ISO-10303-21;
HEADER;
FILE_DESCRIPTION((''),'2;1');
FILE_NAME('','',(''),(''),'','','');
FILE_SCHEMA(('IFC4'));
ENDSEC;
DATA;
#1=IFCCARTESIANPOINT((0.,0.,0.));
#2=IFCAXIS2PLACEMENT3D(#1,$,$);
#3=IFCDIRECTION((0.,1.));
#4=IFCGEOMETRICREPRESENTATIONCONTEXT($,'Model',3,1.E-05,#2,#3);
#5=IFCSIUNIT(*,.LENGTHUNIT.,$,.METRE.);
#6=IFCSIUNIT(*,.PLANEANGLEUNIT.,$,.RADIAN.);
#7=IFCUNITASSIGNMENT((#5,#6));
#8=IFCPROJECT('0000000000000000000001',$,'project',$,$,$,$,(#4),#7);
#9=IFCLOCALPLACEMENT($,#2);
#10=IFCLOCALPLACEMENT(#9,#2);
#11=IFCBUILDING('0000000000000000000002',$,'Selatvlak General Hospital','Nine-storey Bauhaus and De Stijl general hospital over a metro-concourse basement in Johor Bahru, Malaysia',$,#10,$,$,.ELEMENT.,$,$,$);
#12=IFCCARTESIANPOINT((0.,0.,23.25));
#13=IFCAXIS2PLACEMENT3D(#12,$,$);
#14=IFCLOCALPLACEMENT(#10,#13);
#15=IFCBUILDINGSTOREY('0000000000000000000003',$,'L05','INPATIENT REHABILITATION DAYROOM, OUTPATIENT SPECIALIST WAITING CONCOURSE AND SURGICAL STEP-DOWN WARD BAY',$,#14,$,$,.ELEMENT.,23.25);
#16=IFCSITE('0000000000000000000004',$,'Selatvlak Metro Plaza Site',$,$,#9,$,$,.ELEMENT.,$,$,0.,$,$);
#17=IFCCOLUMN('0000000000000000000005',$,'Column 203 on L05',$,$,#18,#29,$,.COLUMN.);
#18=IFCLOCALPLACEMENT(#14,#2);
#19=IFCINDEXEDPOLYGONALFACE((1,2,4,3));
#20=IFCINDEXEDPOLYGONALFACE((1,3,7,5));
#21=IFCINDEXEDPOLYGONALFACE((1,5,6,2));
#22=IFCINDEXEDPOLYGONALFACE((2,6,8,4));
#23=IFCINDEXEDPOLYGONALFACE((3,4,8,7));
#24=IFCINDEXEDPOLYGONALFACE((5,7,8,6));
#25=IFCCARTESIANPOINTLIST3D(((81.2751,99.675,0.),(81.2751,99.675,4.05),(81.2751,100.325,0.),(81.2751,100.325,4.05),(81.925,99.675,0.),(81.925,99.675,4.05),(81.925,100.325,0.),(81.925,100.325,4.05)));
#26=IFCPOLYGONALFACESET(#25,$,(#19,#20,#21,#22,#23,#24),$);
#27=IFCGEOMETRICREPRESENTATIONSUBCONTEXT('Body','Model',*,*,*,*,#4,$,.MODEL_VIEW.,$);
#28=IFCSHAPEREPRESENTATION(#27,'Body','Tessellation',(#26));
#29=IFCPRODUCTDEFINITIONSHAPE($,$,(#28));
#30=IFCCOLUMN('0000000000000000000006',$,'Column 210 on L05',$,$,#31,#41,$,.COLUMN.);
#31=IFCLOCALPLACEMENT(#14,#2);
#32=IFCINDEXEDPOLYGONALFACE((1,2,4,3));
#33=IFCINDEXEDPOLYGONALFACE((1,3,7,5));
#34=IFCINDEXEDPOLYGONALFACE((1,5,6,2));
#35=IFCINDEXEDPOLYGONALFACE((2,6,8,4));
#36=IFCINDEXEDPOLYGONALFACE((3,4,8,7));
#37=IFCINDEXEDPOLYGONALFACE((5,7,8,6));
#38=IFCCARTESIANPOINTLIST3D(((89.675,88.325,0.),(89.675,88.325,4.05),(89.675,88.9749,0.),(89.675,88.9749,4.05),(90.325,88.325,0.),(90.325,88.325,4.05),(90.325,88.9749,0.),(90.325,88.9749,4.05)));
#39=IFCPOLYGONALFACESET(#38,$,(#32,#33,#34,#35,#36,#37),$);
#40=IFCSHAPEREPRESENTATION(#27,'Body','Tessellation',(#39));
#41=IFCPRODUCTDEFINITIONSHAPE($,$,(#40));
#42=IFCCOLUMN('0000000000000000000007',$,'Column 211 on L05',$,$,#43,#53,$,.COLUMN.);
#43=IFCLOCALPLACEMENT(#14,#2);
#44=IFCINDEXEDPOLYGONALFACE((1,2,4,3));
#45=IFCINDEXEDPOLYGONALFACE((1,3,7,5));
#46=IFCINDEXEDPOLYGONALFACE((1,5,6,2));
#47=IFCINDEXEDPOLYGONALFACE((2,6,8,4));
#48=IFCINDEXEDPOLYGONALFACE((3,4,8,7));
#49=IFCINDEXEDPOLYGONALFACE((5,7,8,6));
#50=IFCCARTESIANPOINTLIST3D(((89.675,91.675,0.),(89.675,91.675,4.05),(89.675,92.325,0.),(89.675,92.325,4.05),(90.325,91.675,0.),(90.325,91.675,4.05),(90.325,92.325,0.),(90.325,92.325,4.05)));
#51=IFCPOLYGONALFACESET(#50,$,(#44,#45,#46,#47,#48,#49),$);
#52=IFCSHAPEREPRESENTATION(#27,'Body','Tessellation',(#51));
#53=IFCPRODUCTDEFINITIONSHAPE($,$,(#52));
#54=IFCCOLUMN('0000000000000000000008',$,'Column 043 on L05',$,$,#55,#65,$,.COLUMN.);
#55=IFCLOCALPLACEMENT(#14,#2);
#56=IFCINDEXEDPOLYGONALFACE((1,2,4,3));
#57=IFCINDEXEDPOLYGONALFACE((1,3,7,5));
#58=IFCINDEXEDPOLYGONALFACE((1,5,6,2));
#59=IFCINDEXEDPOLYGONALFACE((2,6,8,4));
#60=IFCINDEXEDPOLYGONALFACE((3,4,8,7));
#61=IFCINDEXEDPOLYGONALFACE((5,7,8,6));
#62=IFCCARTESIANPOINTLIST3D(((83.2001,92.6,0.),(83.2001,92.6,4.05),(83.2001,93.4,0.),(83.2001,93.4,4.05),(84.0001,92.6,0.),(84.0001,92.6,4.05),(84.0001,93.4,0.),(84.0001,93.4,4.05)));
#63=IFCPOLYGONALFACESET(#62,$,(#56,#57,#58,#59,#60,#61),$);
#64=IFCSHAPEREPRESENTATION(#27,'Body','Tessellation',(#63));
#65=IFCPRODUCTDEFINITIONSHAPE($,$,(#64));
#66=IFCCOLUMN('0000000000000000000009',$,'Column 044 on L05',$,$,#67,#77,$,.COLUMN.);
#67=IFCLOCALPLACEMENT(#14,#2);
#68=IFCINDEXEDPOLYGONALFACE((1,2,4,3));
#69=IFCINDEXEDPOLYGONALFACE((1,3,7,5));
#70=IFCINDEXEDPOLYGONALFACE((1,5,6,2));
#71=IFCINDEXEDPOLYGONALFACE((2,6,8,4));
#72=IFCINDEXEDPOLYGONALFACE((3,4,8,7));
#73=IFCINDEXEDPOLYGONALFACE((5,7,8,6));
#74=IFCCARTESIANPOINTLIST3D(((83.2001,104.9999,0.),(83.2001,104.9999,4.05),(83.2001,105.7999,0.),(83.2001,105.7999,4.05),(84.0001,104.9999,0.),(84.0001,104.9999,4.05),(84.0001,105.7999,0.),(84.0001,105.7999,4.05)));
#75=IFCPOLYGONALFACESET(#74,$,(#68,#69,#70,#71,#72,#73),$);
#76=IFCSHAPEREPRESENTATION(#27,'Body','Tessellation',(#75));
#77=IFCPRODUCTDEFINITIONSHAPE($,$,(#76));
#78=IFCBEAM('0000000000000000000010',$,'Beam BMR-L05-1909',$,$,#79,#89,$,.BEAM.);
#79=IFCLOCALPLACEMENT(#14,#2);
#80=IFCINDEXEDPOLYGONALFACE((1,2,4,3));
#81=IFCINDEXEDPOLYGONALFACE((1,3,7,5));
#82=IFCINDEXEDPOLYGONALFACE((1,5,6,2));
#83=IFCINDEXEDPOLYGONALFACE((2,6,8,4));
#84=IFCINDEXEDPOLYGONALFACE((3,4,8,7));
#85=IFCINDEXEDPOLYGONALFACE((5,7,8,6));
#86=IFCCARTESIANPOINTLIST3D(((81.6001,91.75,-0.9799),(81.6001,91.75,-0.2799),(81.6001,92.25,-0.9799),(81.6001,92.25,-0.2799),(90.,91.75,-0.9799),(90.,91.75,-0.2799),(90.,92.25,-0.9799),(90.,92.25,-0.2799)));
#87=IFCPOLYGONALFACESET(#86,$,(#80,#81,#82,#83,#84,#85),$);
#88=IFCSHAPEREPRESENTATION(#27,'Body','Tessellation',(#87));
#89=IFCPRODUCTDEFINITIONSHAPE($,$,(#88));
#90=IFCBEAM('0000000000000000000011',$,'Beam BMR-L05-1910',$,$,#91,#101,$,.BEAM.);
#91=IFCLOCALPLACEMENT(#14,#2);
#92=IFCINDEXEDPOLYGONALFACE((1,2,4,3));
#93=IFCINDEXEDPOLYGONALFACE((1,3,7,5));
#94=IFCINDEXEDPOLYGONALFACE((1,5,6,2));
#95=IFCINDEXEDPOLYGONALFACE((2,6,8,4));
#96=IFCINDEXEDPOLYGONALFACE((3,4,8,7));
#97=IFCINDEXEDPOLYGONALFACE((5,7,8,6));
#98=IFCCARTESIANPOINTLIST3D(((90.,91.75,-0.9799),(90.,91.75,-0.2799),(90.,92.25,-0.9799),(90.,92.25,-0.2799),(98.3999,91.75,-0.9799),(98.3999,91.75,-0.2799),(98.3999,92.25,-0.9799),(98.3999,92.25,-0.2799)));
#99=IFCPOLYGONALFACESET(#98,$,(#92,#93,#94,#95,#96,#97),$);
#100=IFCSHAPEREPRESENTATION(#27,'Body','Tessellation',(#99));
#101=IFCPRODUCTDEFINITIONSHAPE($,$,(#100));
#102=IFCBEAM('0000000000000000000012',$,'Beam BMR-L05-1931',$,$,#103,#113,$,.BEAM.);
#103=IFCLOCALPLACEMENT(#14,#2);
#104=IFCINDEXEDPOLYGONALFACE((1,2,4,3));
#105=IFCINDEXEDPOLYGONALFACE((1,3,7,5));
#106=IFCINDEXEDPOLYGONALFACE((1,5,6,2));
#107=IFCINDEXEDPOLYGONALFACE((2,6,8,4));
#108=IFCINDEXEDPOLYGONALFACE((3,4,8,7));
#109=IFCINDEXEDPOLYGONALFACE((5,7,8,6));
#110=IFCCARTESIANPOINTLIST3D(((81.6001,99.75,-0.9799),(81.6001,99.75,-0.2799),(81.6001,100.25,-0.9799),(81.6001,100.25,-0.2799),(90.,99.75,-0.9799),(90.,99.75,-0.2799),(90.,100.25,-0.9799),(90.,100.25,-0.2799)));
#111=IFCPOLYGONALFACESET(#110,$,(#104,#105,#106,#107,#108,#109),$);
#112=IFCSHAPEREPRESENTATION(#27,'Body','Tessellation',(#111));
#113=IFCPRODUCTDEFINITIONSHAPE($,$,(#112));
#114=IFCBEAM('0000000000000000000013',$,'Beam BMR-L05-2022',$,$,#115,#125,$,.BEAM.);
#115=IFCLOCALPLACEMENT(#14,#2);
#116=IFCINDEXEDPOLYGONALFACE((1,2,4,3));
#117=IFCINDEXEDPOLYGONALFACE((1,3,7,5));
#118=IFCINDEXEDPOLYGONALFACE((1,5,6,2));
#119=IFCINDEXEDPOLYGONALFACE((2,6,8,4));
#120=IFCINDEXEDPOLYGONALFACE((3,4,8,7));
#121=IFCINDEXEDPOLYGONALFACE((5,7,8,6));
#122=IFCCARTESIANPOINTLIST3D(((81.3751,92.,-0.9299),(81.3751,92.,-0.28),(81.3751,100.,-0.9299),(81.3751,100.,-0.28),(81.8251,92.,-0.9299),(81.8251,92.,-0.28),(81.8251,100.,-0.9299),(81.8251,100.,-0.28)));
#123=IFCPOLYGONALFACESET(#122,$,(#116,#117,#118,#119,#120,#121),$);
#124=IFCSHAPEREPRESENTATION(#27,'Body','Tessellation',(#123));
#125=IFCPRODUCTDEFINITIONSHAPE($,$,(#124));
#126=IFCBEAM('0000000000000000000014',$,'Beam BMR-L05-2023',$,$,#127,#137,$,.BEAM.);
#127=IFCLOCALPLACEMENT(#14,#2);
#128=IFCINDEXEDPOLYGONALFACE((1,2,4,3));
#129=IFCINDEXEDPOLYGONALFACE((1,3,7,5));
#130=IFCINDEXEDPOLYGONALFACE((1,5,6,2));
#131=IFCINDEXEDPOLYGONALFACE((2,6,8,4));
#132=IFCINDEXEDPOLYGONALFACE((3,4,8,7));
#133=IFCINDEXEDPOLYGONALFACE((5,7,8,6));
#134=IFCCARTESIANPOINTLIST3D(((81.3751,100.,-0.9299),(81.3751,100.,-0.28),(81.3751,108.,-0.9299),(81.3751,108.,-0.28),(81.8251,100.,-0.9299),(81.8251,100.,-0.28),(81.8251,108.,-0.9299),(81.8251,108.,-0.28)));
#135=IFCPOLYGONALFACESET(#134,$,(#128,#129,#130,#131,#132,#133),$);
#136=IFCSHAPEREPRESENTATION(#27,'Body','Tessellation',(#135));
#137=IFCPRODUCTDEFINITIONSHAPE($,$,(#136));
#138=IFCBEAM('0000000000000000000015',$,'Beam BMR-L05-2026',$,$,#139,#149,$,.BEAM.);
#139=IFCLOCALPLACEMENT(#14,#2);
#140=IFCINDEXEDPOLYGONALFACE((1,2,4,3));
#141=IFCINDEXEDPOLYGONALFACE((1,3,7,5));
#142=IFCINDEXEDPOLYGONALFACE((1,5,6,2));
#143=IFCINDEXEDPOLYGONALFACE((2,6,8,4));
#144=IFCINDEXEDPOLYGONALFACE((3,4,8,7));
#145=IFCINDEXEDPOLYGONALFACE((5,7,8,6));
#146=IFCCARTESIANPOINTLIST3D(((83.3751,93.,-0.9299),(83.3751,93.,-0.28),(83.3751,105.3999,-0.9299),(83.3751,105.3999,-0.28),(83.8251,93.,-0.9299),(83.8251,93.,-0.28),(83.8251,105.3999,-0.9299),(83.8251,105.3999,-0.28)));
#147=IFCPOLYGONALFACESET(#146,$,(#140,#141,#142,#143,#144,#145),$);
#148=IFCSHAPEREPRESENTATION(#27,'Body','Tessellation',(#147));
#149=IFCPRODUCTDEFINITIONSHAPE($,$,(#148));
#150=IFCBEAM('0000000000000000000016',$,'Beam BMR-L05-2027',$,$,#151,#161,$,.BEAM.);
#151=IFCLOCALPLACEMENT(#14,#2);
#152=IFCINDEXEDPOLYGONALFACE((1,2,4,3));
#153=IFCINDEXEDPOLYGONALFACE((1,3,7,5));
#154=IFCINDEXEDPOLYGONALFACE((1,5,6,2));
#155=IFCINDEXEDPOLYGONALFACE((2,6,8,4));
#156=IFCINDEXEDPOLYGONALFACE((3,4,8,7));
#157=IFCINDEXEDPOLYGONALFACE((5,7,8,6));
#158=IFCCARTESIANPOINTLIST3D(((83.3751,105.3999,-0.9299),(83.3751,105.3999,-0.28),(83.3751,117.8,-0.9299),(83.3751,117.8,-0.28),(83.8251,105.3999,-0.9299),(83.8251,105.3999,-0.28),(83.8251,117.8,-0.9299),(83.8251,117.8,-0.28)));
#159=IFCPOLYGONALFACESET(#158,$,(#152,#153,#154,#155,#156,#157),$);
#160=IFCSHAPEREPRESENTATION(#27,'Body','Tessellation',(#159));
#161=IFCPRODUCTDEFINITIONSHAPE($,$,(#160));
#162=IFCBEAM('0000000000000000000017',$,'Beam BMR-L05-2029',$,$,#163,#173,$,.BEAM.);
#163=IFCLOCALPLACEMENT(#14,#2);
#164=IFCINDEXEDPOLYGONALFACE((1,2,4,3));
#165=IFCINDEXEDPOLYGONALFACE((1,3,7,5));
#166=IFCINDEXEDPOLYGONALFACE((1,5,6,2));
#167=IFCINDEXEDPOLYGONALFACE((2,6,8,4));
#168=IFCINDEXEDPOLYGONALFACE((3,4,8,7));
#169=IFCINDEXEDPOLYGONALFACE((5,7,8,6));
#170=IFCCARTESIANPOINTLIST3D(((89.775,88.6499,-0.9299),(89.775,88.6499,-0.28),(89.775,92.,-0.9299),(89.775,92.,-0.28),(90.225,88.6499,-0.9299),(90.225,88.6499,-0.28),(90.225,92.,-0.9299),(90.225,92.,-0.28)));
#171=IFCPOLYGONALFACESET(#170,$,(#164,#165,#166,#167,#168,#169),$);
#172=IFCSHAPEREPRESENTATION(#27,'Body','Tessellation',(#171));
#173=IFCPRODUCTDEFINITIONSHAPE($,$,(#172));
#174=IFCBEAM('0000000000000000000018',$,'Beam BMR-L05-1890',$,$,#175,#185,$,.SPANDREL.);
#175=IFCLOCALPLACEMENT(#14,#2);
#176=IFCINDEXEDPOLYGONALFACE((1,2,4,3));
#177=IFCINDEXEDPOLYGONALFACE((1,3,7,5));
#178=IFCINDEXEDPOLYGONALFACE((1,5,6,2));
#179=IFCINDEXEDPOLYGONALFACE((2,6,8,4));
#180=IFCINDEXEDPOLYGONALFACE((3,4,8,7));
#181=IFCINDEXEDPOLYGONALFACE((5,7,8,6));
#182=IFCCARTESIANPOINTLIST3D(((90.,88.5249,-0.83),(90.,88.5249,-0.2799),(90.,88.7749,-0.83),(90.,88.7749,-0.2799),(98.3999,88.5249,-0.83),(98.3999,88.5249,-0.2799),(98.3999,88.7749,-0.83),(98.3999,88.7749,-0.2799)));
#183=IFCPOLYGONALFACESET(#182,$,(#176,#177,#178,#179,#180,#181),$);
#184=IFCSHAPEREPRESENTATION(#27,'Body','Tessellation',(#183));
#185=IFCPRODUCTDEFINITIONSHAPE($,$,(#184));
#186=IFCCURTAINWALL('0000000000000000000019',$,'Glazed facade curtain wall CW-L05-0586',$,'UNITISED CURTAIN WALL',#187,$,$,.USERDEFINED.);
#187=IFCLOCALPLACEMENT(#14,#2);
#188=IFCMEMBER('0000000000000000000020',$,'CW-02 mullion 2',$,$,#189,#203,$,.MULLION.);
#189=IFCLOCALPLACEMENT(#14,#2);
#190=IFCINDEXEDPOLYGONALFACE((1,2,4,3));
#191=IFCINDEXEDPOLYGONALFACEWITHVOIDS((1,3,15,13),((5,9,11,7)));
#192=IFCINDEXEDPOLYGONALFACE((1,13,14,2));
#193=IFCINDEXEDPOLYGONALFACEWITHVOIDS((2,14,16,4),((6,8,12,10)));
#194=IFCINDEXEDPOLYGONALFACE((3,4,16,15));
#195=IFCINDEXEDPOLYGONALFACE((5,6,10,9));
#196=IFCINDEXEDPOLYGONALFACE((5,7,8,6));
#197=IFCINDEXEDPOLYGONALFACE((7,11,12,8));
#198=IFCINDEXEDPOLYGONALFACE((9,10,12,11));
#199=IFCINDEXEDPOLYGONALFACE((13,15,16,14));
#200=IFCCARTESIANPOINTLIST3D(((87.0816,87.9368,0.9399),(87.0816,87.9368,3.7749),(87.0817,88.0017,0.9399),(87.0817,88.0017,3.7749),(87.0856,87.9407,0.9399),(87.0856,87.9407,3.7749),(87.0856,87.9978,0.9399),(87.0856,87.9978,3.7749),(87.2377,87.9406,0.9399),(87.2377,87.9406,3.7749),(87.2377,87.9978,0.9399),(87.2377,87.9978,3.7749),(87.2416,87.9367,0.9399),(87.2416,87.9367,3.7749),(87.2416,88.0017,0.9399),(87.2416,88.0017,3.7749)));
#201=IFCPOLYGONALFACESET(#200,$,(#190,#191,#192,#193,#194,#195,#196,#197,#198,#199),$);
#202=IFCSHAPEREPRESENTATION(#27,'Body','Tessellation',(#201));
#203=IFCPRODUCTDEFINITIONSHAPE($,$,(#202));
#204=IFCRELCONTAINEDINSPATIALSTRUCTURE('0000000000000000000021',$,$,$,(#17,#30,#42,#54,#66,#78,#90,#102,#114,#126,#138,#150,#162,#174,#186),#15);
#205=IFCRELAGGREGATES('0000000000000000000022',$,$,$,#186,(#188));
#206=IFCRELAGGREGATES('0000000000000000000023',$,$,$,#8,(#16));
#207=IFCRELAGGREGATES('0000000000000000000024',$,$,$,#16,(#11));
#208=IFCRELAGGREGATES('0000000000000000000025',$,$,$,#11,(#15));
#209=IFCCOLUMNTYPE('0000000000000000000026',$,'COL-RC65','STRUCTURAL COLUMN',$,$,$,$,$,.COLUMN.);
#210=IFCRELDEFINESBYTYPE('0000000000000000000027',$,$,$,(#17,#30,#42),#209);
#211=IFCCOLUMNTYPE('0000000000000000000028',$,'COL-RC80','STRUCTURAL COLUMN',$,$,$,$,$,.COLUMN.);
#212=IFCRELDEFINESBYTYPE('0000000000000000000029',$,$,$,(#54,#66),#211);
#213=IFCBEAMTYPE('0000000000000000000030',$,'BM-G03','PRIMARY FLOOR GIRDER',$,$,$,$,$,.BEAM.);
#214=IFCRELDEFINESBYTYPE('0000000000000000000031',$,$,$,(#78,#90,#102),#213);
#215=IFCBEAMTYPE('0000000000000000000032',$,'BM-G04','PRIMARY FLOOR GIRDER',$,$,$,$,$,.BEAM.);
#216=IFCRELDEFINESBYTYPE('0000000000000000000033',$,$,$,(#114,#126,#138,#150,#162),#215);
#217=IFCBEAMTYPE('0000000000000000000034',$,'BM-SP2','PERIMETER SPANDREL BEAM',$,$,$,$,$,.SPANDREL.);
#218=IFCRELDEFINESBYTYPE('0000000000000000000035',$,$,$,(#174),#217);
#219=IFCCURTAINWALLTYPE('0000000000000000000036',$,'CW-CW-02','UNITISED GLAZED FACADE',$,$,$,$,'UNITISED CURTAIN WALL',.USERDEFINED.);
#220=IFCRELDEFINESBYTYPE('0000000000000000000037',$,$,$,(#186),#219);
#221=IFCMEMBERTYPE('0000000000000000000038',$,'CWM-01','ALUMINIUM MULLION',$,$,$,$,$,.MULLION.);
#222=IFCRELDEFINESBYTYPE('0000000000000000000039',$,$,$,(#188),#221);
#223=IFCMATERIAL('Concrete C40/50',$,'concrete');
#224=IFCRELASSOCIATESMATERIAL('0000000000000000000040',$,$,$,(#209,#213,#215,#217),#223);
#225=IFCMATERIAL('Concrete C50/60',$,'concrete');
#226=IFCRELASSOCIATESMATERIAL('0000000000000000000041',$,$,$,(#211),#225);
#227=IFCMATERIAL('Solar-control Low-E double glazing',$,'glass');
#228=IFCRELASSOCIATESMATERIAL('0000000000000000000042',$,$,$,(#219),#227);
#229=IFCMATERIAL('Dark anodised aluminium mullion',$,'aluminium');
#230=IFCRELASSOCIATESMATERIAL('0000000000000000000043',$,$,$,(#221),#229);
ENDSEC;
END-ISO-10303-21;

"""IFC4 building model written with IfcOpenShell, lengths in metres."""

from ifc_helpers import new_model, si_unit, direction, frame, origin, origin_2d, place, context, subcontext, project, spatial, rectangle, hollow_rectangle, extrude, material, material_profile, profile_set, type_object, element, aggregate, save


model = new_model("IFC4")

# Units and contexts
model_context = context("Model", 3, precision=1e-05, world=origin(), true_north=direction((0.0, 1.0)))
body_context = subcontext(model_context, "Body", "Model", "MODEL_VIEW")
ifc_project = project(units=[si_unit("LENGTHUNIT", "METRE"), si_unit("PLANEANGLEUNIT", "RADIAN")], contexts=[model_context])

# Site, building, storey
site_placement = place(None, origin())
site = spatial("IfcSite", under=ifc_project, at=site_placement, Name="Selatvlak Metro Plaza Site", CompositionType="ELEMENT", RefElevation=0.0)
building_placement = place(site_placement, origin())
building = spatial("IfcBuilding", under=site, at=building_placement, Name="Selatvlak General Hospital", Description="Nine-storey Bauhaus and De Stijl general hospital over a metro-concourse basement in Johor Bahru, Malaysia", CompositionType="ELEMENT")
storey_placement = place(building_placement, frame((0.0, 0.0, 23.25)))
storey = spatial("IfcBuildingStorey", under=building, at=storey_placement, Name="L05", Description="INPATIENT REHABILITATION DAYROOM, OUTPATIENT SPECIALIST WAITING CONCOURSE AND SURGICAL STEP-DOWN WARD BAY", CompositionType="ELEMENT", Elevation=23.25)

# Columns
ifc_material_1 = material(Name="Concrete C40/50", Category="concrete")
ifc_material_profile_1 = material_profile(ifc_material_1, rectangle(XDim=0.6499, YDim=0.6499, at=origin_2d()), Name="RC-COL 650x650")
ifc_profile_set_1 = profile_set([ifc_material_profile_1], Name="Concrete C40/50")
column_type_1 = type_object("IfcColumnType", Name="COL-RC65", Description="STRUCTURAL COLUMN", PredefinedType="COLUMN", material=ifc_profile_set_1)
for number, where, z_axis, x_axis, name in (
    (1, (81.6001, 100.0, 0.0), (0.0, 0.0, 1.0), (1.0, 0.0, 0.0), "Column 203 on L05"),
    (2, (90.0, 88.6499, 0.0), (0.0, 0.0, 1.0), (1.0, 0.0, 0.0), "Column 210 on L05"),
    (3, (90.0, 92.0, 0.0), (0.0, 0.0, 1.0), (1.0, 0.0, 0.0), "Column 211 on L05"),
):
    element("IfcColumn", number, at=place(storey_placement, frame(where, z_axis=z_axis, x_axis=x_axis)), inside=storey, type_object=column_type_1, Name=name, PredefinedType="COLUMN", context=body_context, shape_type="SweptSolid", body=[
        extrude(rectangle(XDim=0.6499, YDim=0.6499, at=origin_2d()), origin(), (0.0, 0.0, 1.0), 4.05),
    ])
ifc_material_2 = material(Name="Concrete C50/60", Category="concrete")
ifc_material_profile_2 = material_profile(ifc_material_2, rectangle(XDim=0.8, YDim=0.8, at=origin_2d()), Name="RC-COL 800x800")
ifc_profile_set_2 = profile_set([ifc_material_profile_2], Name="Concrete C50/60")
column_type_2 = type_object("IfcColumnType", Name="COL-RC80", Description="STRUCTURAL COLUMN", PredefinedType="COLUMN", material=ifc_profile_set_2)
for number, where, z_axis, x_axis, name in (
    (4, (83.6001, 93.0, 0.0), (0.0, 0.0, 1.0), (1.0, 0.0, 0.0), "Column 043 on L05"),
    (5, (83.6001, 105.3999, 0.0), (0.0, 0.0, 1.0), (1.0, 0.0, 0.0), "Column 044 on L05"),
):
    element("IfcColumn", number, at=place(storey_placement, frame(where, z_axis=z_axis, x_axis=x_axis)), inside=storey, type_object=column_type_2, Name=name, PredefinedType="COLUMN", context=body_context, shape_type="SweptSolid", body=[
        extrude(rectangle(XDim=0.8, YDim=0.8, at=origin_2d()), origin(), (0.0, 0.0, 1.0), 4.05),
    ])

# Beams
ifc_material_profile_3 = material_profile(ifc_material_1, rectangle(XDim=0.5, YDim=0.7, at=origin_2d()), Name="RC-BM 500x700")
ifc_profile_set_3 = profile_set([ifc_material_profile_3], Name="Concrete C40/50")
beam_type_1 = type_object("IfcBeamType", Name="BM-G03", Description="PRIMARY FLOOR GIRDER", PredefinedType="BEAM", material=ifc_profile_set_3)
for number, where, z_axis, x_axis, name in (
    (6, (81.6001, 92.0, -0.6299), (1.0, 0.0, 0.0), (0.0, 1.0, 0.0), "Beam BMR-L05-1909"),
    (7, (90.0, 92.0, -0.6299), (1.0, 0.0, 0.0), (0.0, 1.0, 0.0), "Beam BMR-L05-1910"),
    (8, (81.6001, 100.0, -0.6299), (1.0, 0.0, 0.0), (0.0, 1.0, 0.0), "Beam BMR-L05-1931"),
):
    element("IfcBeam", number, at=place(storey_placement, frame(where, z_axis=z_axis, x_axis=x_axis)), inside=storey, type_object=beam_type_1, Name=name, PredefinedType="BEAM", context=body_context, shape_type="SweptSolid", body=[
        extrude(rectangle(XDim=0.5, YDim=0.7, at=origin_2d()), origin(), (0.0, 0.0, 1.0), 8.3999),
    ])
ifc_material_profile_4 = material_profile(ifc_material_1, rectangle(XDim=0.45, YDim=0.6499, at=origin_2d()), Name="RC-BM 450x650")
ifc_profile_set_4 = profile_set([ifc_material_profile_4], Name="Concrete C40/50")
beam_type_2 = type_object("IfcBeamType", Name="BM-G04", Description="PRIMARY FLOOR GIRDER", PredefinedType="BEAM", material=ifc_profile_set_4)
for number, where, z_axis, x_axis, name in (
    (9, (81.6001, 92.0, -0.605), (0.0, 1.0, 0.0), (-1.0, 0.0, 0.0), "Beam BMR-L05-2022"),
    (10, (81.6001, 100.0, -0.605), (0.0, 1.0, 0.0), (-1.0, 0.0, 0.0), "Beam BMR-L05-2023"),
):
    element("IfcBeam", number, at=place(storey_placement, frame(where, z_axis=z_axis, x_axis=x_axis)), inside=storey, type_object=beam_type_2, Name=name, PredefinedType="BEAM", context=body_context, shape_type="SweptSolid", body=[
        extrude(rectangle(XDim=0.45, YDim=0.6499, at=origin_2d()), origin(), (0.0, 0.0, 1.0), 8.0),
    ])
beam_1_placement = place(storey_placement, frame((83.6001, 93.0, -0.605), z_axis=(0.0, 1.0, 0.0), x_axis=(-1.0, 0.0, 0.0)))
element("IfcBeam", 11, at=beam_1_placement, inside=storey, type_object=beam_type_2, Name="Beam BMR-L05-2026", PredefinedType="BEAM", context=body_context, shape_type="SweptSolid", body=[
    extrude(rectangle(XDim=0.45, YDim=0.6499, at=origin_2d()), origin(), (0.0, 0.0, 1.0), 12.3999),
])
beam_2_placement = place(storey_placement, frame((83.6001, 105.3999, -0.605), z_axis=(0.0, 1.0, 0.0), x_axis=(-1.0, 0.0, 0.0)))
element("IfcBeam", 12, at=beam_2_placement, inside=storey, type_object=beam_type_2, Name="Beam BMR-L05-2027", PredefinedType="BEAM", context=body_context, shape_type="SweptSolid", body=[
    extrude(rectangle(XDim=0.45, YDim=0.6499, at=origin_2d()), origin(), (0.0, 0.0, 1.0), 12.4001),
])
beam_3_placement = place(storey_placement, frame((90.0, 88.6499, -0.605), z_axis=(0.0, 1.0, 0.0), x_axis=(-1.0, 0.0, 0.0)))
element("IfcBeam", 13, at=beam_3_placement, inside=storey, type_object=beam_type_2, Name="Beam BMR-L05-2029", PredefinedType="BEAM", context=body_context, shape_type="SweptSolid", body=[
    extrude(rectangle(XDim=0.45, YDim=0.6499, at=origin_2d()), origin(), (0.0, 0.0, 1.0), 3.3501),
])
ifc_material_profile_5 = material_profile(ifc_material_1, rectangle(XDim=0.25, YDim=0.55, at=origin_2d()), Name="RC-SP 250x550")
ifc_profile_set_5 = profile_set([ifc_material_profile_5], Name="Concrete C40/50")
beam_type_3 = type_object("IfcBeamType", Name="BM-SP2", Description="PERIMETER SPANDREL BEAM", PredefinedType="SPANDREL", material=ifc_profile_set_5)
beam_4_placement = place(storey_placement, frame((90.0, 88.6499, -0.5549), z_axis=(1.0, 0.0, 0.0), x_axis=(0.0, 1.0, 0.0)))
element("IfcBeam", 14, at=beam_4_placement, inside=storey, type_object=beam_type_3, Name="Beam BMR-L05-1890", PredefinedType="SPANDREL", context=body_context, shape_type="SweptSolid", body=[
    extrude(rectangle(XDim=0.25, YDim=0.55, at=origin_2d()), origin(), (0.0, 0.0, 1.0), 8.3999),
])

# Curtain wall, member
ifc_material_3 = material(Name="Solar-control Low-E double glazing", Category="glass")
curtain_wall_type = type_object("IfcCurtainWallType", Name="CW-CW-02", Description="UNITISED GLAZED FACADE", ElementType="UNITISED CURTAIN WALL", PredefinedType="USERDEFINED", material=ifc_material_3)
curtain_wall_placement = place(storey_placement, origin())
curtain_wall = element("IfcCurtainWall", 15, at=curtain_wall_placement, inside=storey, type_object=curtain_wall_type, Name="Glazed facade curtain wall CW-L05-0586", ObjectType="UNITISED CURTAIN WALL", PredefinedType="USERDEFINED")
ifc_material_4 = material(Name="Dark anodised aluminium mullion", Category="aluminium")
ifc_material_profile_6 = material_profile(ifc_material_4, hollow_rectangle(XDim=0.0649, YDim=0.1599, WallThickness=0.0039, at=origin_2d()), Name="AL-MUL 65x160x4")
ifc_profile_set_6 = profile_set([ifc_material_profile_6], Name="Dark anodised aluminium mullion")
member_type_1 = type_object("IfcMemberType", Name="CWM-01", Description="ALUMINIUM MULLION", PredefinedType="MULLION", material=ifc_profile_set_6)
member_1_placement = place(storey_placement, frame((87.1616, 87.9692, 0.9399), z_axis=(0.0, 0.0, 1.0), x_axis=(-0.000481, -1.0, 0.0)))
member_1 = element("IfcMember", 16, at=member_1_placement, type_object=member_type_1, Name="CW-02 mullion 2", PredefinedType="MULLION", context=body_context, shape_type="SweptSolid", body=[
    extrude(hollow_rectangle(XDim=0.0649, YDim=0.1599, WallThickness=0.0039, at=origin_2d()), origin(), (0.0, 0.0, 1.0), 2.835),
])
aggregate(curtain_wall, [member_1])

save(model, "model.ifc")
